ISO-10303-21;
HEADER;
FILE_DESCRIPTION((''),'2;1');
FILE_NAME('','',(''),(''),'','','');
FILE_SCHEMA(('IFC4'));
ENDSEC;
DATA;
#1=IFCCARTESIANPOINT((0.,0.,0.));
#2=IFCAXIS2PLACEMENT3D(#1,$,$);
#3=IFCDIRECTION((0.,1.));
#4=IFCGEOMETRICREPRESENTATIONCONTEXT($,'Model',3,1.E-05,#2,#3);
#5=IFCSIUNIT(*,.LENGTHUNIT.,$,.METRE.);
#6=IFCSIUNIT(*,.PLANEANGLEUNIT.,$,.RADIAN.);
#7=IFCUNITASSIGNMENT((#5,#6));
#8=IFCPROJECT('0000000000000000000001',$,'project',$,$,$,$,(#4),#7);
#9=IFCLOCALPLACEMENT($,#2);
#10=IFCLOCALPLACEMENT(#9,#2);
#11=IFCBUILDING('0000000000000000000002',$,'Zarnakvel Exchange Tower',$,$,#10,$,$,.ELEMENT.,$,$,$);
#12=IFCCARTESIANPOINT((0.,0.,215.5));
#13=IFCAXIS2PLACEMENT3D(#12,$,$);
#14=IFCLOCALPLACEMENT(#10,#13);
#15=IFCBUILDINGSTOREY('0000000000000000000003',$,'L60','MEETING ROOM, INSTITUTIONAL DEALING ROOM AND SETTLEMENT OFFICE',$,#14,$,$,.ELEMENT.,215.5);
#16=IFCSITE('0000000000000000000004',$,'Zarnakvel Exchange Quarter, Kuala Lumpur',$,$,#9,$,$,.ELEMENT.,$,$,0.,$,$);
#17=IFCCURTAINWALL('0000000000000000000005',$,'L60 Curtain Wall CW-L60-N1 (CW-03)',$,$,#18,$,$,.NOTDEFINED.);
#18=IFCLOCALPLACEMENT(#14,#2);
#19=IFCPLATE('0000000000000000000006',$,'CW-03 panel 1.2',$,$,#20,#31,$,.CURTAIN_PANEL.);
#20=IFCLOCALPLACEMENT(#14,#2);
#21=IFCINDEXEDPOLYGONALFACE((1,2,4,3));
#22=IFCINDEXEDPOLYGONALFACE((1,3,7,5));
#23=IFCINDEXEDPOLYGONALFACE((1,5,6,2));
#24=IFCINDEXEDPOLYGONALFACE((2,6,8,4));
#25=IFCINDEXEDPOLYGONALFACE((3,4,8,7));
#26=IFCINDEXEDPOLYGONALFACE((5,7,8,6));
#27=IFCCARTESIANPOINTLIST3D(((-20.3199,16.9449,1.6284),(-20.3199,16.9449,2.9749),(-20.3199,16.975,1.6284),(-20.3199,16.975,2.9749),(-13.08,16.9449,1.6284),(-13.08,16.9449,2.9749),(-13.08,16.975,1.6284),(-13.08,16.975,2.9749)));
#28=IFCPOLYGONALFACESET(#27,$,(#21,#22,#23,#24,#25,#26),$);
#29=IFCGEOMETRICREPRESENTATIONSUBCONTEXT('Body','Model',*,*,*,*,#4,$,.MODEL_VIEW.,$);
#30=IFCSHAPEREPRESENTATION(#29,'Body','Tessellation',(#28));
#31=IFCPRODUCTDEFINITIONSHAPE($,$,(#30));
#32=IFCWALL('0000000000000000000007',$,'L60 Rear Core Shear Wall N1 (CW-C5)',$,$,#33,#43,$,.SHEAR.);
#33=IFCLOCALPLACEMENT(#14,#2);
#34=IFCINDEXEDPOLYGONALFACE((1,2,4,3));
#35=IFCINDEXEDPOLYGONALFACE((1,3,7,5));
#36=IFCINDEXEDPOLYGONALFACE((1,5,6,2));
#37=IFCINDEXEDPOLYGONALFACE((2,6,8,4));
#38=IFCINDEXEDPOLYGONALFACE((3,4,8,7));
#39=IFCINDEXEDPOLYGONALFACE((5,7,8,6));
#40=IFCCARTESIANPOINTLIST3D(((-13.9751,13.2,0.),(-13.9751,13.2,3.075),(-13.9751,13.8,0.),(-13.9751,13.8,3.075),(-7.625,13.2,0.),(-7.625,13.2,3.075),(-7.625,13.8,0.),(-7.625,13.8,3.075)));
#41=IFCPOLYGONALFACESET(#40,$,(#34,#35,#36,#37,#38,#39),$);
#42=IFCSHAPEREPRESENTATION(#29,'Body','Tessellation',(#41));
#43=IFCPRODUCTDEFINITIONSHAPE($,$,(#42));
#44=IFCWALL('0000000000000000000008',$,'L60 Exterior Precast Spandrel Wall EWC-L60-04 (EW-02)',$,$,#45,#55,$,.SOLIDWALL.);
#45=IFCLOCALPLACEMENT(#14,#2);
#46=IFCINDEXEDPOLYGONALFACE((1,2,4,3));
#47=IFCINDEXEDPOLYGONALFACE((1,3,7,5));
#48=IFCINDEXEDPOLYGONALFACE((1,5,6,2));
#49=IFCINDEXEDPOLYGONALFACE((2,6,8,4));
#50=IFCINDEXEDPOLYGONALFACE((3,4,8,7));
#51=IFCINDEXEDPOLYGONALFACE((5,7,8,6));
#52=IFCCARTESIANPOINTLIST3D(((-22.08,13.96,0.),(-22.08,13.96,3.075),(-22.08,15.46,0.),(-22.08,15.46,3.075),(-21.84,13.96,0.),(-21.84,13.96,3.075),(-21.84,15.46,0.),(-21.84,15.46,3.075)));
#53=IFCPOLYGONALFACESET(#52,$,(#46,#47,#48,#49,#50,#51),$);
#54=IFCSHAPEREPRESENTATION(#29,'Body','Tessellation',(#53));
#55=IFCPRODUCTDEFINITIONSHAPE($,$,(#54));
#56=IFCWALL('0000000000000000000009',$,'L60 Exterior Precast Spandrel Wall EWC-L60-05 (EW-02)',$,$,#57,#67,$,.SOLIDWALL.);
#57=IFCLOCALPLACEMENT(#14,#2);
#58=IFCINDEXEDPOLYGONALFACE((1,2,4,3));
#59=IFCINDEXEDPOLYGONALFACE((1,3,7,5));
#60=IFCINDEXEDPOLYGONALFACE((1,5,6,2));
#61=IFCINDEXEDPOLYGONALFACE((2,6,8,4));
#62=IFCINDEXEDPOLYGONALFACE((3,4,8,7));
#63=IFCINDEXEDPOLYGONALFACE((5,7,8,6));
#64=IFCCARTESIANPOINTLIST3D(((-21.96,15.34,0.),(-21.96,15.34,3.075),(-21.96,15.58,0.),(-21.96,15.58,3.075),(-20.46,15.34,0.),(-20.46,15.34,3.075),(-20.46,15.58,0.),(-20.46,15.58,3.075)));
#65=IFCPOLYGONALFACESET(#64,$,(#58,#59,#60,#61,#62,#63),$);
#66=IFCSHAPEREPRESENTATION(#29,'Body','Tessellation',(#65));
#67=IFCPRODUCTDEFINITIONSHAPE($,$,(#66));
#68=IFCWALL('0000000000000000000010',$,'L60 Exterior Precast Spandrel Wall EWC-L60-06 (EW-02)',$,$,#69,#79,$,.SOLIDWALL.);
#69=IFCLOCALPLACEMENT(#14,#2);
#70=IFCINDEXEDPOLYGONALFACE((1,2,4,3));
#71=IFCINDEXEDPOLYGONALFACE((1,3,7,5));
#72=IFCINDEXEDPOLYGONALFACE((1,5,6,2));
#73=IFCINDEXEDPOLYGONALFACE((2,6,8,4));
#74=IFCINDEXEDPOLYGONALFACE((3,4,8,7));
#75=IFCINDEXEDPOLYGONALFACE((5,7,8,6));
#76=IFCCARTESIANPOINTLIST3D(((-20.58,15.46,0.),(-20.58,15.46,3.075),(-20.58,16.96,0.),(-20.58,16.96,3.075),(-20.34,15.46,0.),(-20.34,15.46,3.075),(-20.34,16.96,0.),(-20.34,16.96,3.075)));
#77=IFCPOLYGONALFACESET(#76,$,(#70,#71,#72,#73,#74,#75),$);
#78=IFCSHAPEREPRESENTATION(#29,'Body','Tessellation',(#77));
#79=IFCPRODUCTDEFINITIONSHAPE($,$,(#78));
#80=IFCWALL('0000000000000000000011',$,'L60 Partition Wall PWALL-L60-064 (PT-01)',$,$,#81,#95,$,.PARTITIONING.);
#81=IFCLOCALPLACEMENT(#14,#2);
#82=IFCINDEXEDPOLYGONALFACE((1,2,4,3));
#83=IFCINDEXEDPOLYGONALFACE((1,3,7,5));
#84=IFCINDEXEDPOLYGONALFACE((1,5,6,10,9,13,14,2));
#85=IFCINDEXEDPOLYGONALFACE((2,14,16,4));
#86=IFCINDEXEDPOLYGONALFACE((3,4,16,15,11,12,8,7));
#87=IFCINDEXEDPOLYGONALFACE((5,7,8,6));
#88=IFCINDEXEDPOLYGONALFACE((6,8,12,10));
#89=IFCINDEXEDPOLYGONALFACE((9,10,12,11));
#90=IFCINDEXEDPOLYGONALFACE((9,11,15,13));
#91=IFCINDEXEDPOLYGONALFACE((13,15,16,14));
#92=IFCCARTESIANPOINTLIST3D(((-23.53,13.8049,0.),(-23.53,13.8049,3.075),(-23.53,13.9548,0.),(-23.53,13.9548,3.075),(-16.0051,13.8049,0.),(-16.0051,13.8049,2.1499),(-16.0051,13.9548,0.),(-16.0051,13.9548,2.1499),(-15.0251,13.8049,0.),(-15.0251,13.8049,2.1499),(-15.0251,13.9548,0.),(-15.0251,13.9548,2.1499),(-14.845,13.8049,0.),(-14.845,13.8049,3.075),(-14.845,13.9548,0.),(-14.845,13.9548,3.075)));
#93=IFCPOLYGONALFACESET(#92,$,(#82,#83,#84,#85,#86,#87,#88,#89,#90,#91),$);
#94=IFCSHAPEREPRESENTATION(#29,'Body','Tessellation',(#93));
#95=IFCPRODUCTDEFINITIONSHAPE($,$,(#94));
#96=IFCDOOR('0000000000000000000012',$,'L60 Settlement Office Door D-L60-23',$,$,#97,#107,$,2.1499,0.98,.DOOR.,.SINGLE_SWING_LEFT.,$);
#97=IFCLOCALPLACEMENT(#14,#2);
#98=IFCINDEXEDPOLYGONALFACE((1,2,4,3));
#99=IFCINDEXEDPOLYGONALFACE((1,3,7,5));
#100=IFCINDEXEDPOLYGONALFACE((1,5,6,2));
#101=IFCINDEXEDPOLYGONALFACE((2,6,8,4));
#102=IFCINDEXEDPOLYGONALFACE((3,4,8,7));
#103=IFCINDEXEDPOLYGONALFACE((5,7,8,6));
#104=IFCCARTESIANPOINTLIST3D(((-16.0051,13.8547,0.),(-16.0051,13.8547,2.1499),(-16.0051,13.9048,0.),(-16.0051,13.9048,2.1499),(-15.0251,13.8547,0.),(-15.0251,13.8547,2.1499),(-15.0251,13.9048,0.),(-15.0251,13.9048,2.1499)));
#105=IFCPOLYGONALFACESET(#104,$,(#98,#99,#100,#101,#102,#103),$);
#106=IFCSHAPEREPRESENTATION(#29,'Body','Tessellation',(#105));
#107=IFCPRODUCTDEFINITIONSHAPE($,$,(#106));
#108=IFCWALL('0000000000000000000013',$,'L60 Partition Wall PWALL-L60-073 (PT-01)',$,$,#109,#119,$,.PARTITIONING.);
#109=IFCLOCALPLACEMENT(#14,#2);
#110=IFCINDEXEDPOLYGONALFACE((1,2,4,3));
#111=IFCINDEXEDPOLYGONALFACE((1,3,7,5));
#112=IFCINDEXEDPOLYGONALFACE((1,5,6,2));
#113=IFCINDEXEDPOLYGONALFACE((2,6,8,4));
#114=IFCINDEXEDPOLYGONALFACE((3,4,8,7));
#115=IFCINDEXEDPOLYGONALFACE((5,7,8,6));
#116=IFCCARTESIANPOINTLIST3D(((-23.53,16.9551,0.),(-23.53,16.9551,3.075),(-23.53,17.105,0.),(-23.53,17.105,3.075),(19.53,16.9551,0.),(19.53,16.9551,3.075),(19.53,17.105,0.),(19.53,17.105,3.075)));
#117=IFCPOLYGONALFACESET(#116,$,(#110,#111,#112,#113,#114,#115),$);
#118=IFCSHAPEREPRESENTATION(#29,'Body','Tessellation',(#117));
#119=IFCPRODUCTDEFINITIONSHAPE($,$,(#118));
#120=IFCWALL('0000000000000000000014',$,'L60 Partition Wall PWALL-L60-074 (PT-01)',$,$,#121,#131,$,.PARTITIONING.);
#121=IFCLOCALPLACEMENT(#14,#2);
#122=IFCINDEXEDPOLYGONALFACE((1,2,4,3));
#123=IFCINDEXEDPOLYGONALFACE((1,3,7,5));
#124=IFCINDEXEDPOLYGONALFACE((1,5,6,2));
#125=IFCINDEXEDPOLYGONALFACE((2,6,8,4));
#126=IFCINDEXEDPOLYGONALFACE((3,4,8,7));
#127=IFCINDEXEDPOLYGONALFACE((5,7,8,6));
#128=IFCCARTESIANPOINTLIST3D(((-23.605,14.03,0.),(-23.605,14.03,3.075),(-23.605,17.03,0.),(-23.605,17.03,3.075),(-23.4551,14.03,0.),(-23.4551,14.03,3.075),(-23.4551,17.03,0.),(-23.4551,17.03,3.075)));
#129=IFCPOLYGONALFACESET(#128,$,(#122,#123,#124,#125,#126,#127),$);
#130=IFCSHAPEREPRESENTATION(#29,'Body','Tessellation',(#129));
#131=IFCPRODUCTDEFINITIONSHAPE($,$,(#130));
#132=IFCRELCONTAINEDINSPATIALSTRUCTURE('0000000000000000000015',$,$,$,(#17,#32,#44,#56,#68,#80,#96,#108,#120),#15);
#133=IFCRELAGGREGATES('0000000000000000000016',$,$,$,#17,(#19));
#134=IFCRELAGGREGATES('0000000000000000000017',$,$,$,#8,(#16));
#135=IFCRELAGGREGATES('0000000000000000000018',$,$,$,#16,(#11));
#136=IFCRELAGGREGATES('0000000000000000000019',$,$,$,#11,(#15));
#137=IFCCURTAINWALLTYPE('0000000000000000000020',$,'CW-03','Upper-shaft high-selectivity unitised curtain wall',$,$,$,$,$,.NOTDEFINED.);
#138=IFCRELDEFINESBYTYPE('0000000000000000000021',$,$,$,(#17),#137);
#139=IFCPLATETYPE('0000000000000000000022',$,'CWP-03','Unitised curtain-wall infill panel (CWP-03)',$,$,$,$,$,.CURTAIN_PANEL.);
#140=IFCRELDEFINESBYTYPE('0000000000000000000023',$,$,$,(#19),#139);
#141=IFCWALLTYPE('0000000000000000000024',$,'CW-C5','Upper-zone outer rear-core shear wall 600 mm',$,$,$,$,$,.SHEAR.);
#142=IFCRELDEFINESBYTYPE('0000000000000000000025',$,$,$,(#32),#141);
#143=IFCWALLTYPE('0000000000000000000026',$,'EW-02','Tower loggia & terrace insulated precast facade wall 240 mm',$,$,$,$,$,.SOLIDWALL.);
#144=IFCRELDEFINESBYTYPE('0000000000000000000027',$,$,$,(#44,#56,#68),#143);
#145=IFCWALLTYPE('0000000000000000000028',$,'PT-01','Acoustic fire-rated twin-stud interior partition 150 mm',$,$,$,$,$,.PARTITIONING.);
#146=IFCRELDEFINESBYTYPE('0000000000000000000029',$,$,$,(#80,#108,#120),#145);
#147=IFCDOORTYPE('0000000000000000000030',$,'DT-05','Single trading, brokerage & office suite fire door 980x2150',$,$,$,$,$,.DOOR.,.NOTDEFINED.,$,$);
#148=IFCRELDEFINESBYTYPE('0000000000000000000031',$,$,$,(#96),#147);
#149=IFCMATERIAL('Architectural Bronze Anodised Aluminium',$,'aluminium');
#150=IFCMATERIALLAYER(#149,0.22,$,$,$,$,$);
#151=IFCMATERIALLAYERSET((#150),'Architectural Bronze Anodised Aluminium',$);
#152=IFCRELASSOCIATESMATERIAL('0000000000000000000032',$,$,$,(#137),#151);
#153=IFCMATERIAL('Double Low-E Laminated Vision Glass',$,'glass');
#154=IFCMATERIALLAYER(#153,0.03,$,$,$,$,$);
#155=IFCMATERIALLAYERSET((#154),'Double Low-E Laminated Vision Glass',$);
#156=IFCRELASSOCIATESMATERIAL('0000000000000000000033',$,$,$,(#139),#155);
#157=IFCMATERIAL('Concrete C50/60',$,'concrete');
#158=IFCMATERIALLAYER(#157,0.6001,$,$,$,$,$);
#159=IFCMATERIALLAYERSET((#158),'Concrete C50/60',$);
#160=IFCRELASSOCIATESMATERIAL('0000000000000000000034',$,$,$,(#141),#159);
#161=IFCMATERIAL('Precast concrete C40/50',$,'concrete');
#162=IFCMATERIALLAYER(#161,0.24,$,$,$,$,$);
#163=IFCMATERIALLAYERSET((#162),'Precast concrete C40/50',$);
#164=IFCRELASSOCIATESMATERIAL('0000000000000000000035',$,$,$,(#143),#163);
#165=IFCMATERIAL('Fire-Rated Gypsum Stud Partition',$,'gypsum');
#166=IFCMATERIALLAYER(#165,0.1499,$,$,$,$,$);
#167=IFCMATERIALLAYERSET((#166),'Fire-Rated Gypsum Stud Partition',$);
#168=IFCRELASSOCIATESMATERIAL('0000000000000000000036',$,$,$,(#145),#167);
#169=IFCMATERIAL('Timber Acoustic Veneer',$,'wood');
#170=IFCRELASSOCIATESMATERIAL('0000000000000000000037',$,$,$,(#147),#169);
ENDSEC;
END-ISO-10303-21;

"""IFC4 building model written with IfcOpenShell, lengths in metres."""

from ifc_helpers import new_model, si_unit, direction, frame, frame_2d, origin, origin_2d, place, context, subcontext, project, spatial, rectangle, extrude, source, transform, mapped, material, layer, layer_set, type_object, element, fill, aggregate, save


model = new_model("IFC4")

# Units and contexts
model_context = context("Model", 3, precision=1e-05, world=origin(), true_north=direction((0.0, 1.0)))
body_context = subcontext(model_context, "Body", "Model", "MODEL_VIEW")
ifc_project = project(units=[si_unit("LENGTHUNIT", "METRE"), si_unit("PLANEANGLEUNIT", "RADIAN")], contexts=[model_context])

# Site, building, storey
site_placement = place(None, origin())
site = spatial("IfcSite", under=ifc_project, at=site_placement, Name="Zarnakvel Exchange Quarter, Kuala Lumpur", CompositionType="ELEMENT", RefElevation=0.0)
building_placement = place(site_placement, origin())
building = spatial("IfcBuilding", under=site, at=building_placement, Name="Zarnakvel Exchange Tower", CompositionType="ELEMENT")
storey_placement = place(building_placement, frame((0.0, 0.0, 215.5)))
storey = spatial("IfcBuildingStorey", under=building, at=storey_placement, Name="L60", Description="MEETING ROOM, INSTITUTIONAL DEALING ROOM AND SETTLEMENT OFFICE", CompositionType="ELEMENT", Elevation=215.5)

# Shared definitions
ifc_material_1 = material(Name="Concrete C50/60", Category="concrete")

# Shared definitions
ifc_material_2 = material(Name="Architectural Bronze Anodised Aluminium", Category="aluminium")

# Curtain wall, plate
ifc_layer_1 = layer(ifc_material_2, 0.22)
ifc_layer_set_1 = layer_set([ifc_layer_1], Name="Architectural Bronze Anodised Aluminium")
curtain_wall_type_1 = type_object("IfcCurtainWallType", Name="CW-03", Description="Upper-shaft high-selectivity unitised curtain wall", PredefinedType="NOTDEFINED", material=ifc_layer_set_1)
curtain_wall_1_placement = place(storey_placement, origin())
curtain_wall_1 = element("IfcCurtainWall", 1, at=curtain_wall_1_placement, inside=storey, type_object=curtain_wall_type_1, Name="L60 Curtain Wall CW-L60-N1 (CW-03)", PredefinedType="NOTDEFINED")
ifc_material_3 = material(Name="Double Low-E Laminated Vision Glass", Category="glass")
ifc_layer_2 = layer(ifc_material_3, 0.03)
ifc_layer_set_2 = layer_set([ifc_layer_2], Name="Double Low-E Laminated Vision Glass")
plate_type = type_object("IfcPlateType", Name="CWP-03", Description="Unitised curtain-wall infill panel (CWP-03)", PredefinedType="CURTAIN_PANEL", material=ifc_layer_set_2)
shared_shape_1 = source(origin(), body_context, "Body", "SweptSolid", [
    extrude(rectangle(XDim=7.24, YDim=0.03, at=origin_2d()), origin(), (0.0, 0.0, 1.0), 1.3464),
])
plate_1_placement = place(storey_placement, frame((-16.7, 16.96, 1.6284), z_axis=(0.0, 0.0, 1.0), x_axis=(1.0, 0.0, 0.0)))
plate_1 = element("IfcPlate", 2, at=plate_1_placement, type_object=plate_type, Name="CW-03 panel 1.2", PredefinedType="CURTAIN_PANEL", context=body_context, shape_type="MappedRepresentation", body=[
    mapped(shared_shape_1, transform((0.0, 0.0, 0.0), x_axis=(1.0, 0.0, 0.0), y_axis=(0.0, 1.0, 0.0), z_axis=(0.0, 0.0, 1.0), scale=1.0)),
])
aggregate(curtain_wall_1, [plate_1])

# Walls
ifc_layer_3 = layer(ifc_material_1, 0.6001)
ifc_layer_set_3 = layer_set([ifc_layer_3], Name="Concrete C50/60")
wall_type_1 = type_object("IfcWallType", Name="CW-C5", Description="Upper-zone outer rear-core shear wall 600 mm", PredefinedType="SHEAR", material=ifc_layer_set_3)
wall_1_placement = place(storey_placement, frame((-13.9751, 13.5, 0.0), z_axis=(0.0, 0.0, 1.0), x_axis=(1.0, 0.0, 0.0)))
element("IfcWall", 3, at=wall_1_placement, inside=storey, type_object=wall_type_1, Name="L60 Rear Core Shear Wall N1 (CW-C5)", PredefinedType="SHEAR", context=body_context, shape_type="SweptSolid", body=[
    extrude(rectangle(XDim=6.3501, YDim=0.6001, at=frame_2d((3.175, 0.0))), origin(), (0.0, 0.0, 1.0), 3.075),
])
ifc_material_4 = material(Name="Precast concrete C40/50", Category="concrete")
ifc_layer_4 = layer(ifc_material_4, 0.24)
ifc_layer_set_4 = layer_set([ifc_layer_4], Name="Precast concrete C40/50")
wall_type_2 = type_object("IfcWallType", Name="EW-02", Description="Tower loggia & terrace insulated precast facade wall 240 mm", PredefinedType="SOLIDWALL", material=ifc_layer_set_4)
for number, where, z_axis, x_axis, name in (
    (4, (-21.96, 15.46, 0.0), (0.0, 0.0, 1.0), (0.0, -1.0, 0.0), "L60 Exterior Precast Spandrel Wall EWC-L60-04 (EW-02)"),
    (5, (-20.46, 15.46, 0.0), (0.0, 0.0, 1.0), (-1.0, 0.0, 0.0), "L60 Exterior Precast Spandrel Wall EWC-L60-05 (EW-02)"),
    (6, (-20.46, 16.96, 0.0), (0.0, 0.0, 1.0), (0.0, -1.0, 0.0), "L60 Exterior Precast Spandrel Wall EWC-L60-06 (EW-02)"),
):
    element("IfcWall", number, at=place(storey_placement, frame(where, z_axis=z_axis, x_axis=x_axis)), inside=storey, type_object=wall_type_2, Name=name, PredefinedType="SOLIDWALL", context=body_context, shape_type="SweptSolid", body=[
        extrude(rectangle(XDim=1.5, YDim=0.24, at=frame_2d((0.75, 0.0))), origin(), (0.0, 0.0, 1.0), 3.075),
    ])

# Wall, opening, door
ifc_material_5 = material(Name="Fire-Rated Gypsum Stud Partition", Category="gypsum")
ifc_layer_5 = layer(ifc_material_5, 0.1499)
ifc_layer_set_5 = layer_set([ifc_layer_5], Name="Fire-Rated Gypsum Stud Partition")
wall_type_3 = type_object("IfcWallType", Name="PT-01", Description="Acoustic fire-rated twin-stud interior partition 150 mm", PredefinedType="PARTITIONING", material=ifc_layer_set_5)
wall_2_placement = place(storey_placement, frame((-23.53, 13.8799, 0.0), z_axis=(0.0, 0.0, 1.0), x_axis=(1.0, 0.0, 0.0)))
wall_2 = element("IfcWall", 7, at=wall_2_placement, inside=storey, type_object=wall_type_3, Name="L60 Partition Wall PWALL-L60-064 (PT-01)", PredefinedType="PARTITIONING", context=body_context, shape_type="SweptSolid", body=[
    extrude(rectangle(XDim=8.6851, YDim=0.1499, at=frame_2d((4.3425, 0.0))), origin(), (0.0, 0.0, 1.0), 3.075),
])
opening_placement = place(wall_2_placement, frame((7.5249, 0.0, 0.0)))
opening = element("IfcOpeningElement", 8, at=opening_placement, cuts=wall_2, PredefinedType="OPENING", context=body_context, shape_type="SweptSolid", body=[
    extrude(rectangle(XDim=0.98, YDim=2.1499, at=frame_2d((0.49, 1.075))), frame((0.0, 0.085, 0.0), z_axis=(0.0, -1.0, 0.0), x_axis=(1.0, 0.0, 0.0)), (0.0, 0.0, 1.0), 0.1699),
])
ifc_material_6 = material(Name="Timber Acoustic Veneer", Category="wood")
door_type = type_object("IfcDoorType", Name="DT-05", Description="Single trading, brokerage & office suite fire door 980x2150", OperationType="NOTDEFINED", PredefinedType="DOOR", material=ifc_material_6)
shared_shape_2 = source(origin(), body_context, "Body", "SweptSolid", [
    extrude(rectangle(XDim=0.98, YDim=2.1499, at=frame_2d((0.49, 1.075))), frame((0.0, 0.0249, 0.0), z_axis=(0.0, -1.0, 0.0), x_axis=(1.0, 0.0, 0.0)), (0.0, 0.0, 1.0), 0.05),
])
door_placement = place(opening_placement, origin())
door = element("IfcDoor", 9, at=door_placement, inside=storey, type_object=door_type, Name="L60 Settlement Office Door D-L60-23", OperationType="SINGLE_SWING_LEFT", OverallHeight=2.1499, OverallWidth=0.98, PredefinedType="DOOR", context=body_context, shape_type="MappedRepresentation", body=[
    mapped(shared_shape_2, transform((0.0, 0.0, 0.0), x_axis=(1.0, 0.0, 0.0), y_axis=(0.0, 1.0, 0.0), z_axis=(0.0, 0.0, 1.0), scale=1.0)),
])
fill(opening, door)

# Walls
wall_3_placement = place(storey_placement, frame((-23.53, 17.03, 0.0), z_axis=(0.0, 0.0, 1.0), x_axis=(1.0, 0.0, 0.0)))
element("IfcWall", 10, at=wall_3_placement, inside=storey, type_object=wall_type_3, Name="L60 Partition Wall PWALL-L60-073 (PT-01)", PredefinedType="PARTITIONING", context=body_context, shape_type="SweptSolid", body=[
    extrude(rectangle(XDim=43.0601, YDim=0.1499, at=frame_2d((21.53, 0.0))), origin(), (0.0, 0.0, 1.0), 3.075),
])
wall_4_placement = place(storey_placement, frame((-23.53, 14.03, 0.0), z_axis=(0.0, 0.0, 1.0), x_axis=(0.0, 1.0, 0.0)))
element("IfcWall", 11, at=wall_4_placement, inside=storey, type_object=wall_type_3, Name="L60 Partition Wall PWALL-L60-074 (PT-01)", PredefinedType="PARTITIONING", context=body_context, shape_type="SweptSolid", body=[
    extrude(rectangle(XDim=3.0, YDim=0.1499, at=frame_2d((1.5, 0.0))), origin(), (0.0, 0.0, 1.0), 3.075),
])

save(model, "model.ifc")
